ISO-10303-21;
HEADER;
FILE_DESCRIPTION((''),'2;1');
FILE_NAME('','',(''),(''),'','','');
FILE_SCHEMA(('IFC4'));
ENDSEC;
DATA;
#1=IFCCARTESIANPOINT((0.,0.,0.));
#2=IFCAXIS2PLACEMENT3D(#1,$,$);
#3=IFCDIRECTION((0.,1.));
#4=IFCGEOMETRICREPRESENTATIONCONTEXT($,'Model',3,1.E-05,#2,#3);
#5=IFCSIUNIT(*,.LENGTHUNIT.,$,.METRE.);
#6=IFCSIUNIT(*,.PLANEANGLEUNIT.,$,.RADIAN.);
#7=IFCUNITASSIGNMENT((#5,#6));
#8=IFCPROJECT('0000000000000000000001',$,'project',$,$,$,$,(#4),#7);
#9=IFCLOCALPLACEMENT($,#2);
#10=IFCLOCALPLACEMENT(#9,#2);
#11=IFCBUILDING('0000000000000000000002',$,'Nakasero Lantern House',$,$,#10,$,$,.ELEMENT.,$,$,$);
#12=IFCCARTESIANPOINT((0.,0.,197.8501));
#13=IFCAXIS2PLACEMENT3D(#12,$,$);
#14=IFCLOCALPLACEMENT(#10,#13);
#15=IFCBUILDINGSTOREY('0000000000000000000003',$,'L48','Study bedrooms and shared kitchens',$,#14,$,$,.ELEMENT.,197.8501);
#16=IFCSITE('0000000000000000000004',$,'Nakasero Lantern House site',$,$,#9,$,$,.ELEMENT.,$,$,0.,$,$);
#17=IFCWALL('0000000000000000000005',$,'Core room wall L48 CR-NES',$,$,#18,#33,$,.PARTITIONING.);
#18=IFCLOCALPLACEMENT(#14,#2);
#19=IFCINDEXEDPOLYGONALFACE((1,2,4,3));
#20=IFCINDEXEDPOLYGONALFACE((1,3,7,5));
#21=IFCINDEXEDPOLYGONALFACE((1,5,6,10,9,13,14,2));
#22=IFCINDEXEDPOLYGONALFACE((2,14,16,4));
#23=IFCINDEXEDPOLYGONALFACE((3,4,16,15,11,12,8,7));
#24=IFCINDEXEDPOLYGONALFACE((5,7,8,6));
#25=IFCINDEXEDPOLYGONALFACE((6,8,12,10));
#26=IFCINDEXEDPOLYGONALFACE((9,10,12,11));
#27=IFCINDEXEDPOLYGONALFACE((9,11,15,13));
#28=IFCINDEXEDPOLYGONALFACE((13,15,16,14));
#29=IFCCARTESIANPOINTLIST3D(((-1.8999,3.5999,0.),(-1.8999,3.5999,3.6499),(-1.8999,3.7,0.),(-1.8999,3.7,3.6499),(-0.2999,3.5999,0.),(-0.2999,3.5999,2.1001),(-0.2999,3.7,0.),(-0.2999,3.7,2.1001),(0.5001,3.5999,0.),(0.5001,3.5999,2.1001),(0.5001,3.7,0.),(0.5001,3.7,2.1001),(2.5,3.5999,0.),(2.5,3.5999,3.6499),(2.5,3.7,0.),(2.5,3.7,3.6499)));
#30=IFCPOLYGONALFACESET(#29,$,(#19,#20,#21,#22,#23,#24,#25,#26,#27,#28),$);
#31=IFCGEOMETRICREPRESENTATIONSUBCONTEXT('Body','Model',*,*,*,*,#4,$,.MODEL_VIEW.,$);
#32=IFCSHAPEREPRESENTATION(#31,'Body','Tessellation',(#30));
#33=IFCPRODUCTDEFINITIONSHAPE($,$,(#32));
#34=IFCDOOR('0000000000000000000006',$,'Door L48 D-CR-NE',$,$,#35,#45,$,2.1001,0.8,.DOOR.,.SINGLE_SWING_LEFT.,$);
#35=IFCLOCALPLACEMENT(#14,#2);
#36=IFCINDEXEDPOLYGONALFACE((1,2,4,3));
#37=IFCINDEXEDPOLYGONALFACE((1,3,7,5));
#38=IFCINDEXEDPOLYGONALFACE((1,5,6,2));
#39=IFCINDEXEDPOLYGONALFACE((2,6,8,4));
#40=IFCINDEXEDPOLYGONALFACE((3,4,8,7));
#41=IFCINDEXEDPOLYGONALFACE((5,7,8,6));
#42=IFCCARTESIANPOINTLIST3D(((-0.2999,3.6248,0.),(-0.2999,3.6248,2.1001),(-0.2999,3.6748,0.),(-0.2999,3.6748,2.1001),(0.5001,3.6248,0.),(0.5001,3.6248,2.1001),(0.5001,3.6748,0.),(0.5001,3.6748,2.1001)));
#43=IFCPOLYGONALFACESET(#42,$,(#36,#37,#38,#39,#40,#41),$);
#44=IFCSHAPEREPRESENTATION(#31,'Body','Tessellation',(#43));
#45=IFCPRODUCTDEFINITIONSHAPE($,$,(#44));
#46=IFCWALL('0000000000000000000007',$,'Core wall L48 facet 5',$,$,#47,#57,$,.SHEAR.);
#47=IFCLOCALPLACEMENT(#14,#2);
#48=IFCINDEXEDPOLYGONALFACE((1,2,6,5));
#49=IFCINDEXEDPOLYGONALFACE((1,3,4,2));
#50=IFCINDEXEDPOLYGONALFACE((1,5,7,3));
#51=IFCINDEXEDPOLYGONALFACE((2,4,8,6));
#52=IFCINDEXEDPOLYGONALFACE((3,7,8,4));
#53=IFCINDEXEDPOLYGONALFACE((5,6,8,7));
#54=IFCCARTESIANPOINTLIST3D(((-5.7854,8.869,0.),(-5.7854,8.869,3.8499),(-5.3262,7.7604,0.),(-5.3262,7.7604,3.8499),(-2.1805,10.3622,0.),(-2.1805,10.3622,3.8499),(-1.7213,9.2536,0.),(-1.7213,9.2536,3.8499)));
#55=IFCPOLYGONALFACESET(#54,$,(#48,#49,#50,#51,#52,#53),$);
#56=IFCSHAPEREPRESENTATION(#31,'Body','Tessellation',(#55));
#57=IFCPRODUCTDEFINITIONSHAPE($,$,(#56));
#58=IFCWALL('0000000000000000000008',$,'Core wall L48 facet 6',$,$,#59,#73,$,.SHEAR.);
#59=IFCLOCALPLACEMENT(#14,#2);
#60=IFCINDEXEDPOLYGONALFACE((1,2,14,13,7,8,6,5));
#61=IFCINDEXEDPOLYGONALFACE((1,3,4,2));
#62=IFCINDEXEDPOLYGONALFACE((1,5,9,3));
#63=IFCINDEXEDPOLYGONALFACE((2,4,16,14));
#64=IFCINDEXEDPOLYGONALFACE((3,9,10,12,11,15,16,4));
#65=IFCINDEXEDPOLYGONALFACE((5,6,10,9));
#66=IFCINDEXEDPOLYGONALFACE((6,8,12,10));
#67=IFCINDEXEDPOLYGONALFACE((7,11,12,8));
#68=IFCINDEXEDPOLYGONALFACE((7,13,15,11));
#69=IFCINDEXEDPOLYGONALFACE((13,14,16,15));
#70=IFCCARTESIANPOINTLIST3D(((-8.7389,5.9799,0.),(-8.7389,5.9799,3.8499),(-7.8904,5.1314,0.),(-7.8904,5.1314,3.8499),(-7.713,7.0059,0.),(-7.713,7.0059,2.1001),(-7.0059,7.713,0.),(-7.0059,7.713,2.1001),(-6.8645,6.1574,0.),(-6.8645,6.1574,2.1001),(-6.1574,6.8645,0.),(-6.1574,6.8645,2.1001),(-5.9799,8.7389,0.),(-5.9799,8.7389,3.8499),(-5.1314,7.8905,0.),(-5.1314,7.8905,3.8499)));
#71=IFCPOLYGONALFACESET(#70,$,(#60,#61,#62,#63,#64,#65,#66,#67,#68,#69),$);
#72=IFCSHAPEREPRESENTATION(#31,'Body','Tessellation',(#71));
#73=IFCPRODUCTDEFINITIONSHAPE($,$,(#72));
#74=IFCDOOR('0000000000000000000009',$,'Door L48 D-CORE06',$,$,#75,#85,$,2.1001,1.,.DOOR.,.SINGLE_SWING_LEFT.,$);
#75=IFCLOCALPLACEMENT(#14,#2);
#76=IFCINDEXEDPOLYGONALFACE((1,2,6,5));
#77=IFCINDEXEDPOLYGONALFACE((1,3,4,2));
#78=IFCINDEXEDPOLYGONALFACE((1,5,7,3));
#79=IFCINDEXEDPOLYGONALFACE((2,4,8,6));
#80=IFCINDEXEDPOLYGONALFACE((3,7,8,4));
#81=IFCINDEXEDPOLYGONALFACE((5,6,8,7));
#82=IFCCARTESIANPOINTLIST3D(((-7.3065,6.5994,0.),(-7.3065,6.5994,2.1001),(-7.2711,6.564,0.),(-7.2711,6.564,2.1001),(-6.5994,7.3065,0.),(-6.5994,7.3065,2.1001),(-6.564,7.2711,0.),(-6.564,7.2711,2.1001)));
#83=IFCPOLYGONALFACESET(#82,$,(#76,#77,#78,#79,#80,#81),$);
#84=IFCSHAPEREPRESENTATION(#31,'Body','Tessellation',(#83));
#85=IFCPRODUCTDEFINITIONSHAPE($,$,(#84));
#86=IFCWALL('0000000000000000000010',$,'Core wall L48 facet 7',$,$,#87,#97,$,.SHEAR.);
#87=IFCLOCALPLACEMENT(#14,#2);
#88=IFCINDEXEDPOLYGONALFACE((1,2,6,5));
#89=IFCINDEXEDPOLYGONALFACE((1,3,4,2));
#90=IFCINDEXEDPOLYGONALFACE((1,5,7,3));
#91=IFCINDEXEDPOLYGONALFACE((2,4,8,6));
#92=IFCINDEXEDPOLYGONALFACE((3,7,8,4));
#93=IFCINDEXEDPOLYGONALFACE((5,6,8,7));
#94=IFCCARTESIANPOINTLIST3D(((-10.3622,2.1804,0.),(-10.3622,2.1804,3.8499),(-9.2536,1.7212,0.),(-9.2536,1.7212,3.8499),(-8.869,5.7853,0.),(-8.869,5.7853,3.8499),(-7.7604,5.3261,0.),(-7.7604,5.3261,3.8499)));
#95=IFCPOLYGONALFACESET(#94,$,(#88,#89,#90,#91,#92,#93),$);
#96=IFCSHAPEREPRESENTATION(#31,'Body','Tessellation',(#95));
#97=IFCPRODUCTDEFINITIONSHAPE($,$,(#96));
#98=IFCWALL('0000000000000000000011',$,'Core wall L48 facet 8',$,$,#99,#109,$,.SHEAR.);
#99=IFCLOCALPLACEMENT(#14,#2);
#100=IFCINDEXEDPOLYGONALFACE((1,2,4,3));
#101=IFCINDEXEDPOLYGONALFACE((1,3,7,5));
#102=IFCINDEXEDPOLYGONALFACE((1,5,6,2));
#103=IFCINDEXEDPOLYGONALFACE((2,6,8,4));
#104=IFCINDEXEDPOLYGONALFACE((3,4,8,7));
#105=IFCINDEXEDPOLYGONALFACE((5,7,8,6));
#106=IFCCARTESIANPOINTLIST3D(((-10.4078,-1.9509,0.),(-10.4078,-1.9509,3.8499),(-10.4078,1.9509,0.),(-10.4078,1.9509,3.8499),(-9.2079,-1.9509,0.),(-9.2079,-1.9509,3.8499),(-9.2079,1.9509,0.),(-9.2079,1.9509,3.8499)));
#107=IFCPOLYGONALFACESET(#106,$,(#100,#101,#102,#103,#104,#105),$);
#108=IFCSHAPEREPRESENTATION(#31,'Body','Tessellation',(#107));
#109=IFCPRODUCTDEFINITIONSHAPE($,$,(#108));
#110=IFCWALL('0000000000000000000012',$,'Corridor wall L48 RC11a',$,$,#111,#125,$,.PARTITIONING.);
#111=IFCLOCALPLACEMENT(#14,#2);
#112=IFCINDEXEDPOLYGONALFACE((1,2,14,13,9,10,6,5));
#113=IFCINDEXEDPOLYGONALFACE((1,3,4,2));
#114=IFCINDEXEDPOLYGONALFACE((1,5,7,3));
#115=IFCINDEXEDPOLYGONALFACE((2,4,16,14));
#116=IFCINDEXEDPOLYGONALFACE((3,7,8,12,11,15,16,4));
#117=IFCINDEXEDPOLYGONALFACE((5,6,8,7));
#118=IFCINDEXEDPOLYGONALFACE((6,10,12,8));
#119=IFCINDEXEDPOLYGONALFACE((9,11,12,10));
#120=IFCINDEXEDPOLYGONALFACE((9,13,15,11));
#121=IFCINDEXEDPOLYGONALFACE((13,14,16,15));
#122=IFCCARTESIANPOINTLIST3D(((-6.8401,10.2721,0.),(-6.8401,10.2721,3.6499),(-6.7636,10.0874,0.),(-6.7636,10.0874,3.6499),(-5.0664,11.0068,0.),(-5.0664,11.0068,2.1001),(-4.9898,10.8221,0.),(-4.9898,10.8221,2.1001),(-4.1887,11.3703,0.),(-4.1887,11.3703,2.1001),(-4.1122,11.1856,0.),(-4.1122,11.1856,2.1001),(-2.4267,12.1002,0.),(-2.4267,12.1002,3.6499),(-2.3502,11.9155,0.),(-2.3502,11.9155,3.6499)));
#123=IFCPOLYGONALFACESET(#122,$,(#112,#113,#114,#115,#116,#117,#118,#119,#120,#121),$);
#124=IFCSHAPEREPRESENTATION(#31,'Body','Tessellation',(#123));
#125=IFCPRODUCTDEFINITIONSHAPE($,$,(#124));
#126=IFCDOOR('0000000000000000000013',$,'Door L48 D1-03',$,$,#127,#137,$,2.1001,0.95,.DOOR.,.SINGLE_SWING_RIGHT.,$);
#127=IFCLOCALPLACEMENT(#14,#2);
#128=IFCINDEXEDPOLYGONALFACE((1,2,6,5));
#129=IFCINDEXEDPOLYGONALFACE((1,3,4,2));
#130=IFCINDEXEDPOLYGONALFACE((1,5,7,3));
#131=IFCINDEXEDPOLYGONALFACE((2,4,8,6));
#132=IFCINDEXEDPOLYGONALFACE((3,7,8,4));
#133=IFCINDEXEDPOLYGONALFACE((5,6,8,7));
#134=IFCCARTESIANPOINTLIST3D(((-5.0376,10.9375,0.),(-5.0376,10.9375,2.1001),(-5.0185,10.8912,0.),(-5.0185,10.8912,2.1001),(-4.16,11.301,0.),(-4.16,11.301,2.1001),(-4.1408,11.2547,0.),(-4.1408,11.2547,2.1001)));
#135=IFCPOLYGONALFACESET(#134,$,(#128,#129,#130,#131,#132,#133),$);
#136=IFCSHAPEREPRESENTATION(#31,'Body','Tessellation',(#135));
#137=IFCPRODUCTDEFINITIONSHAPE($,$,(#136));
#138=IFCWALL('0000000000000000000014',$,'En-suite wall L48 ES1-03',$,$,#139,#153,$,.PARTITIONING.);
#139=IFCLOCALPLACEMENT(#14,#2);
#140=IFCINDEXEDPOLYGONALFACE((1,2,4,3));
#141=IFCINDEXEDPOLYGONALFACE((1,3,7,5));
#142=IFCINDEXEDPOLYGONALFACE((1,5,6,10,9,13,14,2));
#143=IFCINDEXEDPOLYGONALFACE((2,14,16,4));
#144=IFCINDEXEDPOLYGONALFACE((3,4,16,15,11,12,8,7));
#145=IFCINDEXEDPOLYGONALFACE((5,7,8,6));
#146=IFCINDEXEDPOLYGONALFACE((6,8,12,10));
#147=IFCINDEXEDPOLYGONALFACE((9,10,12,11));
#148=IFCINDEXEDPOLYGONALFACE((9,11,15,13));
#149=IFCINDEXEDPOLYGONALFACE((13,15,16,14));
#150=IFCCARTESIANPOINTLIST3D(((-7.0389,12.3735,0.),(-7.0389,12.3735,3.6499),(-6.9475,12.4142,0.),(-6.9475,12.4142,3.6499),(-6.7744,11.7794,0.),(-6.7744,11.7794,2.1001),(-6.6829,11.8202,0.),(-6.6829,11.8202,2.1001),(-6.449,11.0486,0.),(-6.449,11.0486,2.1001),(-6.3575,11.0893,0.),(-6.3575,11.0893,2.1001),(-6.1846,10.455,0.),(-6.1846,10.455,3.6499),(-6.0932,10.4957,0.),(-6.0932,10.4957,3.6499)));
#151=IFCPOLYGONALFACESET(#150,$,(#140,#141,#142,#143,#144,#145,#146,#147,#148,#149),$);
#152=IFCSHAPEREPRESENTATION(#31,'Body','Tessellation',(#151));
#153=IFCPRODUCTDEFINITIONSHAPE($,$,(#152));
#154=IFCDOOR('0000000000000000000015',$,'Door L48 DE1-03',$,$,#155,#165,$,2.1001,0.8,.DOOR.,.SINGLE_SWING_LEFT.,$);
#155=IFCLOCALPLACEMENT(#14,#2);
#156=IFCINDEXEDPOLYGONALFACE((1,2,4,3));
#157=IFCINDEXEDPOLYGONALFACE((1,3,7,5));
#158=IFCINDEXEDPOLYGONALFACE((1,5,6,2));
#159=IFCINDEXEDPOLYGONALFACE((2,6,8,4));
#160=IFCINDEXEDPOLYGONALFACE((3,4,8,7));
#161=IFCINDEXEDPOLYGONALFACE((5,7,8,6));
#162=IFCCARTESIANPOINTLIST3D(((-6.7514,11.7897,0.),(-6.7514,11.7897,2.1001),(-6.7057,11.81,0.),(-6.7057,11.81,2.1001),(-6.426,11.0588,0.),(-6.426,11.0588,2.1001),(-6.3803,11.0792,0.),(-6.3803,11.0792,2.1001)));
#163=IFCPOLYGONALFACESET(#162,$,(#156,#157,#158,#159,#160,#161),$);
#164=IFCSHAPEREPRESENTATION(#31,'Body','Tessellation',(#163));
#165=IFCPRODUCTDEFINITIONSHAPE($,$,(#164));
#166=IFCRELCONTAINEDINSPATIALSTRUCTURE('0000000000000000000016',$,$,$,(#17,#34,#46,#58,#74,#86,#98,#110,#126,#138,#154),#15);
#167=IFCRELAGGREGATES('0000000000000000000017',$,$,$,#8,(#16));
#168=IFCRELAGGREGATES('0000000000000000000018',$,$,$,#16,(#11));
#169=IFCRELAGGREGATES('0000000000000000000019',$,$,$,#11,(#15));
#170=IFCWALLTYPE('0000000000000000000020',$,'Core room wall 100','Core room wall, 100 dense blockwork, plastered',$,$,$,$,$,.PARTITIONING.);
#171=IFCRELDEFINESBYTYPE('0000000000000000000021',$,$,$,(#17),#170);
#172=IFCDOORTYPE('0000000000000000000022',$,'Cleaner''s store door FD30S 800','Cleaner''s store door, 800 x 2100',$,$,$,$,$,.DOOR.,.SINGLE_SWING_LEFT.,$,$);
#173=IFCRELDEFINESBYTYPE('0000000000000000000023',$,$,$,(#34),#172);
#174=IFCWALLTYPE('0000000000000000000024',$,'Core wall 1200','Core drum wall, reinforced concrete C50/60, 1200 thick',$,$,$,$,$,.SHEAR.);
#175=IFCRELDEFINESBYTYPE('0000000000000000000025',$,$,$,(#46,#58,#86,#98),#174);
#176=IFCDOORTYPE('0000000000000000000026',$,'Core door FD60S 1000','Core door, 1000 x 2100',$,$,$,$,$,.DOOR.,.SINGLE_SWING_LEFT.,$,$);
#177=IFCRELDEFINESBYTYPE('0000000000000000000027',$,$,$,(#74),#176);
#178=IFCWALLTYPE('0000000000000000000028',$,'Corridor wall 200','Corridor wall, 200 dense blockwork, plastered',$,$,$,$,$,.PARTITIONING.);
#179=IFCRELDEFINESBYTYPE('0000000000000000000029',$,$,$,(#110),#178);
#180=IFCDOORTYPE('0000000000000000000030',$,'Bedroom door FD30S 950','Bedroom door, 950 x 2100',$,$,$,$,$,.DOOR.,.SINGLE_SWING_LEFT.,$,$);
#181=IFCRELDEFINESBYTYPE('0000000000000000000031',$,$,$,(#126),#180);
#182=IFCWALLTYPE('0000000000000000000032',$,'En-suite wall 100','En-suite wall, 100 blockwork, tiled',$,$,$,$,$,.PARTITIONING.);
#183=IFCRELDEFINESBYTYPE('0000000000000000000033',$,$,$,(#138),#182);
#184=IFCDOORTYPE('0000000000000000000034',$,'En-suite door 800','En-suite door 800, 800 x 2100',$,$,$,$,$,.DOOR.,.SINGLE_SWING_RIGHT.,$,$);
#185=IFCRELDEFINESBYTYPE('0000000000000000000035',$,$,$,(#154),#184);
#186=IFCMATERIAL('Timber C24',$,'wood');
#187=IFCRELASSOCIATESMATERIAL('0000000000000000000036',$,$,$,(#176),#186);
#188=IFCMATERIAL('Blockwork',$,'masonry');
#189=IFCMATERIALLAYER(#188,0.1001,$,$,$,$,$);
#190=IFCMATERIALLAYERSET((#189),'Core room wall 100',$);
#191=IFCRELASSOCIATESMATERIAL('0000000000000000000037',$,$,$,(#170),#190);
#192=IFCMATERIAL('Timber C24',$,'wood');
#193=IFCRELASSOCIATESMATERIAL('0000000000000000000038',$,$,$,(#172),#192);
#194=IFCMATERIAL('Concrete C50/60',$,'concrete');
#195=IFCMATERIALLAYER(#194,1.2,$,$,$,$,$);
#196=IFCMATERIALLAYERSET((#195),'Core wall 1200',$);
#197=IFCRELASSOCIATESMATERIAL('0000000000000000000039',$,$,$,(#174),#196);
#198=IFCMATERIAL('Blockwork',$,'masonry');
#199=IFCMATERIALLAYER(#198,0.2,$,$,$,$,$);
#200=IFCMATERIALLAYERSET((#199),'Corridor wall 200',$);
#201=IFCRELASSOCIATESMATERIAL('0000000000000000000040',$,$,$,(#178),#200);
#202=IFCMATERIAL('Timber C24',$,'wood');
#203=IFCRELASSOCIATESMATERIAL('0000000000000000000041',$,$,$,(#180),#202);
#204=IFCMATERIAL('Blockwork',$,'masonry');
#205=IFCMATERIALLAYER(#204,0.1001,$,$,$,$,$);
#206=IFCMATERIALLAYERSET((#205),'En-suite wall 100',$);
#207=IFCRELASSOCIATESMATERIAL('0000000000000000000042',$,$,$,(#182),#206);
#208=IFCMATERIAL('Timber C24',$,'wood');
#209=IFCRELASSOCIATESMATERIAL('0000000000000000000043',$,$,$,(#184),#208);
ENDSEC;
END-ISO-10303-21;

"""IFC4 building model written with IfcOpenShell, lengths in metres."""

from ifc_helpers import new_model, si_unit, direction, frame, frame_2d, origin, place, context, subcontext, project, spatial, rectangle, extrude, material, layer, layer_set, type_object, element, fill, save


model = new_model("IFC4")

# Units and contexts
model_context = context("Model", 3, precision=1e-05, world=origin(), true_north=direction((0.0, 1.0)))
body_context = subcontext(model_context, "Body", "Model", "MODEL_VIEW")
ifc_project = project(units=[si_unit("LENGTHUNIT", "METRE"), si_unit("PLANEANGLEUNIT", "RADIAN")], contexts=[model_context])

# Site, building, storey
site_placement = place(None, origin())
site = spatial("IfcSite", under=ifc_project, at=site_placement, Name="Nakasero Lantern House site", CompositionType="ELEMENT", RefElevation=0.0)
building_placement = place(site_placement, origin())
building = spatial("IfcBuilding", under=site, at=building_placement, Name="Nakasero Lantern House", CompositionType="ELEMENT")
storey_placement = place(building_placement, frame((0.0, 0.0, 197.8501)))
storey = spatial("IfcBuildingStorey", under=building, at=storey_placement, Name="L48", Description="Study bedrooms and shared kitchens", CompositionType="ELEMENT", Elevation=197.8501)

# Shared definitions
ifc_material_1 = material(Name="Timber C24", Category="wood")
door_type_1 = type_object("IfcDoorType", Name="Core door FD60S 1000", Description="Core door, 1000 x 2100", OperationType="SINGLE_SWING_LEFT", PredefinedType="DOOR", material=ifc_material_1)

# Wall, opening, door
ifc_material_2 = material(Name="Blockwork", Category="masonry")
ifc_layer_1 = layer(ifc_material_2, 0.1001)
ifc_layer_set_1 = layer_set([ifc_layer_1], Name="Core room wall 100")
wall_type_1 = type_object("IfcWallType", Name="Core room wall 100", Description="Core room wall, 100 dense blockwork, plastered", PredefinedType="PARTITIONING", material=ifc_layer_set_1)
wall_1_placement = place(storey_placement, frame((-1.8999, 3.6499, 0.0), z_axis=(0.0, 0.0, 1.0), x_axis=(1.0, 0.0, 0.0)))
wall_1 = element("IfcWall", 1, at=wall_1_placement, inside=storey, type_object=wall_type_1, Name="Core room wall L48 CR-NES", PredefinedType="PARTITIONING", context=body_context, shape_type="SweptSolid", body=[
    extrude(rectangle(XDim=4.3999, YDim=0.1001, at=frame_2d((2.2, 0.0))), origin(), (0.0, 0.0, 1.0), 3.6499),
])
opening_1_placement = place(wall_1_placement, frame((1.6001, 0.0, 0.0)))
opening_1 = element("IfcOpeningElement", 2, at=opening_1_placement, cuts=wall_1, PredefinedType="OPENING", context=body_context, shape_type="SweptSolid", body=[
    extrude(rectangle(XDim=0.8, YDim=2.1001, at=frame_2d((0.3999, 1.05))), frame((0.0, 0.0701, 0.0), z_axis=(0.0, -1.0, 0.0), x_axis=(1.0, 0.0, 0.0)), (0.0, 0.0, 1.0), 0.1401),
])
ifc_material_3 = material(Name="Timber C24", Category="wood")
door_type_2 = type_object("IfcDoorType", Name="Cleaner's store door FD30S 800", Description="Cleaner's store door, 800 x 2100", OperationType="SINGLE_SWING_LEFT", PredefinedType="DOOR", material=ifc_material_3)
door_1_placement = place(opening_1_placement, origin())
door_1 = element("IfcDoor", 3, at=door_1_placement, inside=storey, type_object=door_type_2, Name="Door L48 D-CR-NE", OperationType="SINGLE_SWING_LEFT", OverallHeight=2.1001, OverallWidth=0.8, PredefinedType="DOOR", context=body_context, shape_type="SweptSolid", body=[
    extrude(rectangle(XDim=0.8, YDim=2.1001, at=frame_2d((0.3999, 1.05))), frame((0.0, 0.0249, 0.0), z_axis=(0.0, -1.0, 0.0), x_axis=(1.0, 0.0, 0.0)), (0.0, 0.0, 1.0), 0.05),
])
fill(opening_1, door_1)

# Wall
ifc_material_4 = material(Name="Concrete C50/60", Category="concrete")
ifc_layer_2 = layer(ifc_material_4, 1.2)
ifc_layer_set_2 = layer_set([ifc_layer_2], Name="Core wall 1200")
wall_type_2 = type_object("IfcWallType", Name="Core wall 1200", Description="Core drum wall, reinforced concrete C50/60, 1200 thick", PredefinedType="SHEAR", material=ifc_layer_set_2)
wall_2_placement = place(storey_placement, frame((-1.9509, 9.8079, 0.0), z_axis=(0.0, 0.0, 1.0), x_axis=(-0.923877, -0.382691, 0.0)))
element("IfcWall", 4, at=wall_2_placement, inside=storey, type_object=wall_type_2, Name="Core wall L48 facet 5", PredefinedType="SHEAR", context=body_context, shape_type="SweptSolid", body=[
    extrude(rectangle(XDim=3.9019, YDim=1.2, at=frame_2d((1.9509, 0.0))), origin(), (0.0, 0.0, 1.0), 3.8499),
])

# Wall, opening, door
wall_3_placement = place(storey_placement, frame((-5.5557, 8.3147, 0.0), z_axis=(0.0, 0.0, 1.0), x_axis=(-0.707107, -0.707107, 0.0)))
wall_3 = element("IfcWall", 5, at=wall_3_placement, inside=storey, type_object=wall_type_2, Name="Core wall L48 facet 6", PredefinedType="SHEAR", context=body_context, shape_type="SweptSolid", body=[
    extrude(rectangle(XDim=3.9019, YDim=1.2, at=frame_2d((1.9509, 0.0))), origin(), (0.0, 0.0, 1.0), 3.8499),
])
opening_2_placement = place(wall_3_placement, frame((1.4509, 0.0, 0.0)))
opening_2 = element("IfcOpeningElement", 6, at=opening_2_placement, cuts=wall_3, PredefinedType="OPENING", context=body_context, shape_type="SweptSolid", body=[
    extrude(rectangle(XDim=1.0, YDim=2.1001, at=frame_2d((0.5, 1.05))), frame((0.0, 0.6199, 0.0), z_axis=(0.0, -1.0, 0.0), x_axis=(1.0, 0.0, 0.0)), (0.0, 0.0, 1.0), 1.24),
])
door_2_placement = place(opening_2_placement, origin())
door_2 = element("IfcDoor", 7, at=door_2_placement, inside=storey, type_object=door_type_1, Name="Door L48 D-CORE06", OperationType="SINGLE_SWING_LEFT", OverallHeight=2.1001, OverallWidth=1.0, PredefinedType="DOOR", context=body_context, shape_type="SweptSolid", body=[
    extrude(rectangle(XDim=1.0, YDim=2.1001, at=frame_2d((0.5, 1.05))), frame((0.0, 0.0249, 0.0), z_axis=(0.0, -1.0, 0.0), x_axis=(1.0, 0.0, 0.0)), (0.0, 0.0, 1.0), 0.05),
])
fill(opening_2, door_2)

# Walls
for number, where, z_axis, x_axis, name in (
    (8, (-8.3147, 5.5557, 0.0), (0.0, 0.0, 1.0), (-0.382691, -0.923877, 0.0), "Core wall L48 facet 7"),
    (9, (-9.8079, 1.9509, 0.0), (0.0, 0.0, 1.0), (0.0, -1.0, 0.0), "Core wall L48 facet 8"),
):
    element("IfcWall", number, at=place(storey_placement, frame(where, z_axis=z_axis, x_axis=x_axis)), inside=storey, type_object=wall_type_2, Name=name, PredefinedType="SHEAR", context=body_context, shape_type="SweptSolid", body=[
        extrude(rectangle(XDim=3.9019, YDim=1.2, at=frame_2d((1.9509, 0.0))), origin(), (0.0, 0.0, 1.0), 3.8499),
    ])

# Walls, openings, doors
ifc_material_5 = material(Name="Blockwork", Category="masonry")
ifc_layer_3 = layer(ifc_material_5, 0.2)
ifc_layer_set_3 = layer_set([ifc_layer_3], Name="Corridor wall 200")
wall_type_3 = type_object("IfcWallType", Name="Corridor wall 200", Description="Corridor wall, 200 dense blockwork, plastered", PredefinedType="PARTITIONING", material=ifc_layer_set_3)
wall_4_placement = place(storey_placement, frame((-6.802, 10.1797, 0.0), z_axis=(0.0, 0.0, 1.0), x_axis=(0.923882, 0.382677, 0.0)))
wall_4 = element("IfcWall", 10, at=wall_4_placement, inside=storey, type_object=wall_type_3, Name="Corridor wall L48 RC11a", PredefinedType="PARTITIONING", context=body_context, shape_type="SweptSolid", body=[
    extrude(rectangle(XDim=4.7771, YDim=0.2, at=frame_2d((2.3887, 0.0))), origin(), (0.0, 0.0, 1.0), 3.6499),
])
opening_3_placement = place(wall_4_placement, frame((1.9199, 0.0, 0.0)))
opening_3 = element("IfcOpeningElement", 11, at=opening_3_placement, cuts=wall_4, PredefinedType="OPENING", context=body_context, shape_type="SweptSolid", body=[
    extrude(rectangle(XDim=0.95, YDim=2.1001, at=frame_2d((0.4751, 1.05))), frame((0.0, 0.1199, 0.0), z_axis=(0.0, -1.0, 0.0), x_axis=(1.0, 0.0, 0.0)), (0.0, 0.0, 1.0), 0.24),
])
ifc_material_6 = material(Name="Timber C24", Category="wood")
door_type_3 = type_object("IfcDoorType", Name="Bedroom door FD30S 950", Description="Bedroom door, 950 x 2100", OperationType="SINGLE_SWING_LEFT", PredefinedType="DOOR", material=ifc_material_6)
door_3_placement = place(opening_3_placement, origin())
door_3 = element("IfcDoor", 12, at=door_3_placement, inside=storey, type_object=door_type_3, Name="Door L48 D1-03", OperationType="SINGLE_SWING_RIGHT", OverallHeight=2.1001, OverallWidth=0.95, PredefinedType="DOOR", context=body_context, shape_type="SweptSolid", body=[
    extrude(rectangle(XDim=0.95, YDim=2.1001, at=frame_2d((0.4751, 1.05))), frame((0.0, 0.0249, 0.0), z_axis=(0.0, -1.0, 0.0), x_axis=(1.0, 0.0, 0.0)), (0.0, 0.0, 1.0), 0.05),
])
fill(opening_3, door_3)
ifc_material_7 = material(Name="Blockwork", Category="masonry")
ifc_layer_4 = layer(ifc_material_7, 0.1001)
ifc_layer_set_4 = layer_set([ifc_layer_4], Name="En-suite wall 100")
wall_type_4 = type_object("IfcWallType", Name="En-suite wall 100", Description="En-suite wall, 100 blockwork, tiled", PredefinedType="PARTITIONING", material=ifc_layer_set_4)
wall_5_placement = place(storey_placement, frame((-6.1389, 10.4753, 0.0), z_axis=(0.0, 0.0, 1.0), x_axis=(-0.406775, 0.913528, 0.0)))
wall_5 = element("IfcWall", 13, at=wall_5_placement, inside=storey, type_object=wall_type_4, Name="En-suite wall L48 ES1-03", PredefinedType="PARTITIONING", context=body_context, shape_type="SweptSolid", body=[
    extrude(rectangle(XDim=2.1001, YDim=0.1001, at=frame_2d((1.05, 0.0))), origin(), (0.0, 0.0, 1.0), 3.6499),
])
opening_4_placement = place(wall_5_placement, frame((0.6499, 0.0, 0.0)))
opening_4 = element("IfcOpeningElement", 14, at=opening_4_placement, cuts=wall_5, PredefinedType="OPENING", context=body_context, shape_type="SweptSolid", body=[
    extrude(rectangle(XDim=0.8, YDim=2.1001, at=frame_2d((0.3999, 1.05))), frame((0.0, 0.0701, 0.0), z_axis=(0.0, -1.0, 0.0), x_axis=(1.0, 0.0, 0.0)), (0.0, 0.0, 1.0), 0.1401),
])
ifc_material_8 = material(Name="Timber C24", Category="wood")
door_type_4 = type_object("IfcDoorType", Name="En-suite door 800", Description="En-suite door 800, 800 x 2100", OperationType="SINGLE_SWING_RIGHT", PredefinedType="DOOR", material=ifc_material_8)
door_4_placement = place(opening_4_placement, origin())
door_4 = element("IfcDoor", 15, at=door_4_placement, inside=storey, type_object=door_type_4, Name="Door L48 DE1-03", OperationType="SINGLE_SWING_LEFT", OverallHeight=2.1001, OverallWidth=0.8, PredefinedType="DOOR", context=body_context, shape_type="SweptSolid", body=[
    extrude(rectangle(XDim=0.8, YDim=2.1001, at=frame_2d((0.3999, 1.05))), frame((0.0, 0.0249, 0.0), z_axis=(0.0, -1.0, 0.0), x_axis=(1.0, 0.0, 0.0)), (0.0, 0.0, 1.0), 0.05),
])
fill(opening_4, door_4)

save(model, "model.ifc")
